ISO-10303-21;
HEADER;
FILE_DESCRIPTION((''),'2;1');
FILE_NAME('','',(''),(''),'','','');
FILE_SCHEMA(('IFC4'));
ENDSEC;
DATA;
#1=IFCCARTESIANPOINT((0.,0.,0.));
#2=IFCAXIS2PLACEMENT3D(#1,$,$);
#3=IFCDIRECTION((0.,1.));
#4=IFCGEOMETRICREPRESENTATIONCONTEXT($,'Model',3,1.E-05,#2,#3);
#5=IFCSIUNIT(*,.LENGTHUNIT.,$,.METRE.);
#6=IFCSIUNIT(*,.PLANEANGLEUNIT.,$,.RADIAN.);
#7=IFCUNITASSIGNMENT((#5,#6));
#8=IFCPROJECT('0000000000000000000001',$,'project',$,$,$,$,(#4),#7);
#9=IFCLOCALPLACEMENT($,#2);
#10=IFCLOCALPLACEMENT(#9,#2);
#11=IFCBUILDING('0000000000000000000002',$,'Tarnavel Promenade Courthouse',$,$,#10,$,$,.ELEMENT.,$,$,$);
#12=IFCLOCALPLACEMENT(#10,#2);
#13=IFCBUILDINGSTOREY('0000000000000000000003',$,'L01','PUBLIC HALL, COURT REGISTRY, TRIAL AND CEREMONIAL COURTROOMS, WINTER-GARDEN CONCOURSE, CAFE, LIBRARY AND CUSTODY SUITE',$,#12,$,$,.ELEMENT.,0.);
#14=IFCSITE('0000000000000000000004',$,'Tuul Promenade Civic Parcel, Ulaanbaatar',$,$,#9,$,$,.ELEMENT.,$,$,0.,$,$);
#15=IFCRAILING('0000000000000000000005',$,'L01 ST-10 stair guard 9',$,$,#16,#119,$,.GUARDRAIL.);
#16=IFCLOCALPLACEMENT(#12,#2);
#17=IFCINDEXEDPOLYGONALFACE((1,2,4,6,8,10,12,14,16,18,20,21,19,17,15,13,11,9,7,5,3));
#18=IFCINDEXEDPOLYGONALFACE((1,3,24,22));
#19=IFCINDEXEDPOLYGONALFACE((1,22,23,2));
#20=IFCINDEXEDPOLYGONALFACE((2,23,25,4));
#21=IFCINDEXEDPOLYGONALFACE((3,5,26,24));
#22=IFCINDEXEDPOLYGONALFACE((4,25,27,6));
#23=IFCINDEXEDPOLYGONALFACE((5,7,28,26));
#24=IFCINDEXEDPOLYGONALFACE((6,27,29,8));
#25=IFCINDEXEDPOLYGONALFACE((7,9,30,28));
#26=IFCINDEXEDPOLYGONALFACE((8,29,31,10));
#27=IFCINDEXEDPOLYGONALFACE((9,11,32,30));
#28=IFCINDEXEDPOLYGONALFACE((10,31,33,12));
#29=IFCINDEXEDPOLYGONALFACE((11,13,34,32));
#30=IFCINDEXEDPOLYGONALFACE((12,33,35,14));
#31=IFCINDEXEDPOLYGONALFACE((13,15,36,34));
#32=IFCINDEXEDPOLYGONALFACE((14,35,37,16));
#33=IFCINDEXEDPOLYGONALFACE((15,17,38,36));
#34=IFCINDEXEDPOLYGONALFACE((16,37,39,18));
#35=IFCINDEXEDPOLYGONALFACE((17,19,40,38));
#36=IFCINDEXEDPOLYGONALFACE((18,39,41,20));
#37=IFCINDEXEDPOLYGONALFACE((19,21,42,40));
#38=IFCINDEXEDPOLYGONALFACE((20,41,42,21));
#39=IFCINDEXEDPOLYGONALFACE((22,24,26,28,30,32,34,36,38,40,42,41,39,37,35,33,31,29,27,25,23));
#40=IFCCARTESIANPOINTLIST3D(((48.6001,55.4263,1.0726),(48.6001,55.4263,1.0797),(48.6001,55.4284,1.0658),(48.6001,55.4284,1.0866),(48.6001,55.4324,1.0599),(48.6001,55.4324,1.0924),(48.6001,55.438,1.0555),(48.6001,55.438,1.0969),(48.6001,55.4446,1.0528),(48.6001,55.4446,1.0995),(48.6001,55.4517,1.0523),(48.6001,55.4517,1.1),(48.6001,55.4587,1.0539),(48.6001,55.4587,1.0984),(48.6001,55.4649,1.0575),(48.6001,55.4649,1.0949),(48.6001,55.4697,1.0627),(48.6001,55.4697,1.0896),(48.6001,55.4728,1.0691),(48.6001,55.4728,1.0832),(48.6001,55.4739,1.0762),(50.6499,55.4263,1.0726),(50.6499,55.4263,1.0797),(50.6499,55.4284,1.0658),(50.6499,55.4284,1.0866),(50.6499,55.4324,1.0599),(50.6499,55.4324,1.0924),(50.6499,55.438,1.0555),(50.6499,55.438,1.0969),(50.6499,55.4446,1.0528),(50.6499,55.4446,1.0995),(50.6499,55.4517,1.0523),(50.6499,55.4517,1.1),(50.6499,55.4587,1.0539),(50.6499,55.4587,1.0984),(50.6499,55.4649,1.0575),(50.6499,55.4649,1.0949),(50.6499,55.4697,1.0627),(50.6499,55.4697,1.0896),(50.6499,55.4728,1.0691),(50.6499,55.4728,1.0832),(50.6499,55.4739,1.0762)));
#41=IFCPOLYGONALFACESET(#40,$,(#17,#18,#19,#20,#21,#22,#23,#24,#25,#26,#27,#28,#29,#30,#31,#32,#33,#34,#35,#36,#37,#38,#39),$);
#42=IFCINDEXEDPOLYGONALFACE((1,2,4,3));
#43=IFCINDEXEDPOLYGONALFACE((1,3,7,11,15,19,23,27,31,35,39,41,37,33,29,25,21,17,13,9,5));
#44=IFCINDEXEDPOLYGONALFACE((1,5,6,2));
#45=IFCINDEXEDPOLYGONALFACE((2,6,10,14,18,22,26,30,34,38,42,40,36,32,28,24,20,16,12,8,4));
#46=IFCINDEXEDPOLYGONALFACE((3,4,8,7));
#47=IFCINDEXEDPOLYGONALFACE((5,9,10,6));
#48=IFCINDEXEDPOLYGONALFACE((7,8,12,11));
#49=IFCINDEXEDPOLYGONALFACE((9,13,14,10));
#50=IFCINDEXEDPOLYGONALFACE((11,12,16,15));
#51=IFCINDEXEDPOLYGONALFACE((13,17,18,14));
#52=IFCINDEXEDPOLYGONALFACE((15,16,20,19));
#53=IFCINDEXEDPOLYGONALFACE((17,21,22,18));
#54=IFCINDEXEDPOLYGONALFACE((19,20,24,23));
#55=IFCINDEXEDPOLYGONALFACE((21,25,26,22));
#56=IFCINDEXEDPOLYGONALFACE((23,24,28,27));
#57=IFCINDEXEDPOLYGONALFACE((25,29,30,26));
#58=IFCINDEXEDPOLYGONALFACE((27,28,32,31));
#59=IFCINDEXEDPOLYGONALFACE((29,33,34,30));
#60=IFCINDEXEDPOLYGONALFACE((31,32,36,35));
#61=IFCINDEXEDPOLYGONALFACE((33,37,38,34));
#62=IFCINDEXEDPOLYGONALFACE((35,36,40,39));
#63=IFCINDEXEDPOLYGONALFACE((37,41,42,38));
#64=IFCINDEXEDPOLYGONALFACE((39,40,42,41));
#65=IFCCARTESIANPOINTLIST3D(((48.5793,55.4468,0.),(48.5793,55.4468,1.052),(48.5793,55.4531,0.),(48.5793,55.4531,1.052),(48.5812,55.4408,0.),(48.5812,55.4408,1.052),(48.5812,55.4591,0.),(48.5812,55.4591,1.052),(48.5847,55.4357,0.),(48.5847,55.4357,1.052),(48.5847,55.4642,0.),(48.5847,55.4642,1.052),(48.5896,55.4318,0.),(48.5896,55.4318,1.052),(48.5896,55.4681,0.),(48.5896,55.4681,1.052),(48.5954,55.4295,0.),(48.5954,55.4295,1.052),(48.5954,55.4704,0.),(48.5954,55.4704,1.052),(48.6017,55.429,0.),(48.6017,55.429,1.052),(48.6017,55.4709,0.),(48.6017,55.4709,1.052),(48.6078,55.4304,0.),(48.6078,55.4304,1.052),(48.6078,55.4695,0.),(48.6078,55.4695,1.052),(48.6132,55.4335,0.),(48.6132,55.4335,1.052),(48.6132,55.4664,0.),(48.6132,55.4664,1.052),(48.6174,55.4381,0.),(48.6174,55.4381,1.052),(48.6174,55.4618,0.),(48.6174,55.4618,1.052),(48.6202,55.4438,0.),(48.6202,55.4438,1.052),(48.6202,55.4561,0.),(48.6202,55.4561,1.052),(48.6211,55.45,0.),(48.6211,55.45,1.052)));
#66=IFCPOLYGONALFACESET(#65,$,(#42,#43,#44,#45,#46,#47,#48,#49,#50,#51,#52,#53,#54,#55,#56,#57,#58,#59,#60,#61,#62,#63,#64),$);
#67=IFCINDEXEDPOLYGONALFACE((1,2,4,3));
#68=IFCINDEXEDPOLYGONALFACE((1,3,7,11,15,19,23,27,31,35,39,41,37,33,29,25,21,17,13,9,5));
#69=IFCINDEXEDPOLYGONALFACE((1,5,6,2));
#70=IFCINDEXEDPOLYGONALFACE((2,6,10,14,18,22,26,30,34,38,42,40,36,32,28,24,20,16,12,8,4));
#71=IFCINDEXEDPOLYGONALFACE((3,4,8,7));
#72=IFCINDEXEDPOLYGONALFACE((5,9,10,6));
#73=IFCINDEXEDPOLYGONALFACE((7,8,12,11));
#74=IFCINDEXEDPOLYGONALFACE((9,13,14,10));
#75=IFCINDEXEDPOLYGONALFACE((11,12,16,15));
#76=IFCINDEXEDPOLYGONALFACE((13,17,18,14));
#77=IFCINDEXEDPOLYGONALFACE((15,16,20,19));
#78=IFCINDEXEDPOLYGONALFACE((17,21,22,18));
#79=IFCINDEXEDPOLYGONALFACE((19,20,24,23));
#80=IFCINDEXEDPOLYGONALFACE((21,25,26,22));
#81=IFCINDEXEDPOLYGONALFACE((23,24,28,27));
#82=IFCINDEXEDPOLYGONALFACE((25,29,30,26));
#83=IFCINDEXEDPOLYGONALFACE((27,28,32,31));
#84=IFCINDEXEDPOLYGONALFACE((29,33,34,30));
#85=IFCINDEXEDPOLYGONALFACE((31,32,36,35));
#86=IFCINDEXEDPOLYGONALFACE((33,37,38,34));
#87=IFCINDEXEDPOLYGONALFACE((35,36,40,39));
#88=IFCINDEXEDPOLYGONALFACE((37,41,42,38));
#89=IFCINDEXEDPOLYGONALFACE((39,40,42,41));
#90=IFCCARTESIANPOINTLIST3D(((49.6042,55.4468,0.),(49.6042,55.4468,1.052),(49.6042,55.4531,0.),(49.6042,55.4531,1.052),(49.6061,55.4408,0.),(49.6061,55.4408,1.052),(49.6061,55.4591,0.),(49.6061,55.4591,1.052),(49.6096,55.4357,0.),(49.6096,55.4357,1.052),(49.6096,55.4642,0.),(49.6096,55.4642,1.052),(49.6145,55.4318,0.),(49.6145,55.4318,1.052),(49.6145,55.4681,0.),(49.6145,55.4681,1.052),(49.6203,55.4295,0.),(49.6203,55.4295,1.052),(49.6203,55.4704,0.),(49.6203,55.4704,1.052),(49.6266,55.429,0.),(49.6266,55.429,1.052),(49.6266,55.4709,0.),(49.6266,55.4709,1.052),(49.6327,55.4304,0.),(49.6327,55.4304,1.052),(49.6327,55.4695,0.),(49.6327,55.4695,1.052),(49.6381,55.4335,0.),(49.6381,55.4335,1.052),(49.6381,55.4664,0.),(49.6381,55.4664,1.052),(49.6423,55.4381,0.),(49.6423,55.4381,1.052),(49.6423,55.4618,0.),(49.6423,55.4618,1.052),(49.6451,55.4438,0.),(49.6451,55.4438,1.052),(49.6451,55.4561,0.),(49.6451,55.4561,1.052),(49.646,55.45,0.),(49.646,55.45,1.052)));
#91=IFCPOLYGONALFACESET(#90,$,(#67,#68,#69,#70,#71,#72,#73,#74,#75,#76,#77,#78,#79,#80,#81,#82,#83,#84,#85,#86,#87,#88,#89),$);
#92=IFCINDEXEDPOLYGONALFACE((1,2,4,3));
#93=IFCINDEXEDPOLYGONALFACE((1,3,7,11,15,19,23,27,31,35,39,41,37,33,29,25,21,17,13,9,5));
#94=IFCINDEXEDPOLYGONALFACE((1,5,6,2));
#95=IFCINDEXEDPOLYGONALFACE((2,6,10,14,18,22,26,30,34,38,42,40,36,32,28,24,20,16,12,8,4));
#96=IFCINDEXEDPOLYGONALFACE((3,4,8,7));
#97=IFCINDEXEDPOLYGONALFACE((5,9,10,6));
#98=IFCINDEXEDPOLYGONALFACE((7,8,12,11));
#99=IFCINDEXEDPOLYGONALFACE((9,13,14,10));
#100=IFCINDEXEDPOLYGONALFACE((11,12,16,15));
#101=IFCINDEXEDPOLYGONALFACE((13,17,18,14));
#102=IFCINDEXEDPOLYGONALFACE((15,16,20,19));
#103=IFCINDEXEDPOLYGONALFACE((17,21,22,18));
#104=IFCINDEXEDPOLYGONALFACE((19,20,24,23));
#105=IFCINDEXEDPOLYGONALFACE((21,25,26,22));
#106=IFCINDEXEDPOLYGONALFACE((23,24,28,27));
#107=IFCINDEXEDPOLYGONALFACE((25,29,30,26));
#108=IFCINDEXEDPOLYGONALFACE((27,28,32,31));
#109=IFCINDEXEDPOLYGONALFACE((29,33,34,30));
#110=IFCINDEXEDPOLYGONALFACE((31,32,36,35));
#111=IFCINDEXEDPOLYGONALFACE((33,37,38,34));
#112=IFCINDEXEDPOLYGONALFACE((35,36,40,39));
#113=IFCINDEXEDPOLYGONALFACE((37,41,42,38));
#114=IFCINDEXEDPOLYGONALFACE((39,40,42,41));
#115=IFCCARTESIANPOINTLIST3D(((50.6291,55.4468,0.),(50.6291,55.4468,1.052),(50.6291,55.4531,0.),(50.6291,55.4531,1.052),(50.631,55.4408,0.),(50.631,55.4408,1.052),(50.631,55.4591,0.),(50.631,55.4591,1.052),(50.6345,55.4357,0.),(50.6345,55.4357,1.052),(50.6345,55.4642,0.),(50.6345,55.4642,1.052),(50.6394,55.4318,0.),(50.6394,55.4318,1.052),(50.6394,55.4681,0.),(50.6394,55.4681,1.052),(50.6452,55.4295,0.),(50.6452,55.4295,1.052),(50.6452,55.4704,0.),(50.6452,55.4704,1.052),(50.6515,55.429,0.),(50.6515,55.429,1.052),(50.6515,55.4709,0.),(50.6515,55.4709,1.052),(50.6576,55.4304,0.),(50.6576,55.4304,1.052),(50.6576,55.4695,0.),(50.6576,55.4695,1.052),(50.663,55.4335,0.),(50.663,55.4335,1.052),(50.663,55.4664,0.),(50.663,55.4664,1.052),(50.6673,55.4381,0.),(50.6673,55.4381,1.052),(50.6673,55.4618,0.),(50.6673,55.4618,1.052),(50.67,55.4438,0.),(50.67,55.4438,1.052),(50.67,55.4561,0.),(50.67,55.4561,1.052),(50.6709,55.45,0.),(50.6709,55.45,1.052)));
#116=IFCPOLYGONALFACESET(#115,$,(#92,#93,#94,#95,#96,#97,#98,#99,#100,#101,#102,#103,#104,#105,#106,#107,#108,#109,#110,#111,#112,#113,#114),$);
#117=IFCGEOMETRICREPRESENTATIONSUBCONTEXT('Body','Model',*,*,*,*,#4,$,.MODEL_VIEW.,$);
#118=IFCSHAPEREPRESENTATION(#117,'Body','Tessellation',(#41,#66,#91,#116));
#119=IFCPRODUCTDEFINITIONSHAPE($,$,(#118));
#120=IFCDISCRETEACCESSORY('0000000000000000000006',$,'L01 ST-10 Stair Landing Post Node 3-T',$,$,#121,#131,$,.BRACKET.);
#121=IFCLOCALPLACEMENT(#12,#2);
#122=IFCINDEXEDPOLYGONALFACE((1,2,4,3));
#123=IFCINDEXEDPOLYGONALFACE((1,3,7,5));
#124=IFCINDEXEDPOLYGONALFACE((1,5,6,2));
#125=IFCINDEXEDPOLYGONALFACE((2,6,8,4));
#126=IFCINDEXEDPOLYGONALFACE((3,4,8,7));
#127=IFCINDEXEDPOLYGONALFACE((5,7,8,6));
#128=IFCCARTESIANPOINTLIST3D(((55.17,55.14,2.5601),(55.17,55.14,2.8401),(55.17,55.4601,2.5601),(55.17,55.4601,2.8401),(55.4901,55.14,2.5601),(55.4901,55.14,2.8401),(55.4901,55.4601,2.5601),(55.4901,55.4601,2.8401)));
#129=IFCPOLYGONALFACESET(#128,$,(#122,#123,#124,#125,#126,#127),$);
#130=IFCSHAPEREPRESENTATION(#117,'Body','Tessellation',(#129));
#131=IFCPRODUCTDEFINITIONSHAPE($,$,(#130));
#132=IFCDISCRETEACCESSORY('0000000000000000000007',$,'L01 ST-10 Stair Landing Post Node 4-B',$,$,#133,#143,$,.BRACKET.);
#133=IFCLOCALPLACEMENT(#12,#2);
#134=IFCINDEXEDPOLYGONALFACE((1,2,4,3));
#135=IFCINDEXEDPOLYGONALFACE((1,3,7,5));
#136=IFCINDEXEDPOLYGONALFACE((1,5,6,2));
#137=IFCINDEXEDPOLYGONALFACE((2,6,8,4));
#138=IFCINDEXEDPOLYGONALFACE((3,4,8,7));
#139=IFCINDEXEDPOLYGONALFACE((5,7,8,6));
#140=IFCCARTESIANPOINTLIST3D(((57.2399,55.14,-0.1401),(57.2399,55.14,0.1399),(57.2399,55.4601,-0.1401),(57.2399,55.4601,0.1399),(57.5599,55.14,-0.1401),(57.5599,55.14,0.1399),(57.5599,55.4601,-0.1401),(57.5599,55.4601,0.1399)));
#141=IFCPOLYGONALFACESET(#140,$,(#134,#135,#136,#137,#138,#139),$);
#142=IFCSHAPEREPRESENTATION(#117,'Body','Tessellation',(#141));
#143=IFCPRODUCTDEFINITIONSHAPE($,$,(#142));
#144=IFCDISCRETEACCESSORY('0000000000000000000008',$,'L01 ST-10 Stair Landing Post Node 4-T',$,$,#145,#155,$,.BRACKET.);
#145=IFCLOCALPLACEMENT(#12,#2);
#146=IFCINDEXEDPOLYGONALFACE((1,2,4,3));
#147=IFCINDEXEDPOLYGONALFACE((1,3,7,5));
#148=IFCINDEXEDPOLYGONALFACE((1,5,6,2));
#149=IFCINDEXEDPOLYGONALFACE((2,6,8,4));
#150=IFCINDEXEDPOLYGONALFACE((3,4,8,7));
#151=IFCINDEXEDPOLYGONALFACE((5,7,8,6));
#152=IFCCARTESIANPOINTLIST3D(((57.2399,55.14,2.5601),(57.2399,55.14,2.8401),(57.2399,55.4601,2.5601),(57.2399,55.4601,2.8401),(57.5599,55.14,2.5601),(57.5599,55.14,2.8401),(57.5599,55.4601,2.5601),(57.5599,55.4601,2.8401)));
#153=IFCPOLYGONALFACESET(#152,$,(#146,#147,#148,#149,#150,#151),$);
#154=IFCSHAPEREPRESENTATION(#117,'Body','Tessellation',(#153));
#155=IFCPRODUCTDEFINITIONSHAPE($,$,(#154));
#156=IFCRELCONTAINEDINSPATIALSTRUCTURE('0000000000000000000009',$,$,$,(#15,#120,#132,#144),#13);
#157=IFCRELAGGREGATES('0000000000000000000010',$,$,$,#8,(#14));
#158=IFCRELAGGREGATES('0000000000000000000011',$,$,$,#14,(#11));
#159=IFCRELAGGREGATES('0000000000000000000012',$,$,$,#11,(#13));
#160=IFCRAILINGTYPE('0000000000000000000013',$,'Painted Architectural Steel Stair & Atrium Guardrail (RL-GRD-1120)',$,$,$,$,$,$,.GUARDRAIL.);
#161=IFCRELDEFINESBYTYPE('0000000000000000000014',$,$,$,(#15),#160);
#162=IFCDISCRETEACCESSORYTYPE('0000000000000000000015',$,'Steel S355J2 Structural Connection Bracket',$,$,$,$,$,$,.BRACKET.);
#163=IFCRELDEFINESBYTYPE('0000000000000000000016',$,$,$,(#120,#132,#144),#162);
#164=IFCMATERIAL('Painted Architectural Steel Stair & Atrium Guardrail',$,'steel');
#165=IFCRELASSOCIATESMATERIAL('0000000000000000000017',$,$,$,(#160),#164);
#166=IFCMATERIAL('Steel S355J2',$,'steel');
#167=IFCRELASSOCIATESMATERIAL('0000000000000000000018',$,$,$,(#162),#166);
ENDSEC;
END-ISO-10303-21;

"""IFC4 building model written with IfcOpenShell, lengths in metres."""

from ifc_helpers import new_model, si_unit, direction, frame, origin, origin_2d, place, context, subcontext, project, spatial, rectangle, circle, extrude, material, type_object, element, save


model = new_model("IFC4")

# Units and contexts
model_context = context("Model", 3, precision=1e-05, world=origin(), true_north=direction((0.0, 1.0)))
body_context = subcontext(model_context, "Body", "Model", "MODEL_VIEW")
ifc_project = project(units=[si_unit("LENGTHUNIT", "METRE"), si_unit("PLANEANGLEUNIT", "RADIAN")], contexts=[model_context])

# Site, building, storey
site_placement = place(None, origin())
site = spatial("IfcSite", under=ifc_project, at=site_placement, Name="Tuul Promenade Civic Parcel, Ulaanbaatar", CompositionType="ELEMENT", RefElevation=0.0)
building_placement = place(site_placement, origin())
building = spatial("IfcBuilding", under=site, at=building_placement, Name="Tarnavel Promenade Courthouse", CompositionType="ELEMENT")
storey_placement = place(building_placement, origin())
storey = spatial("IfcBuildingStorey", under=building, at=storey_placement, Name="L01", Description="PUBLIC HALL, COURT REGISTRY, TRIAL AND CEREMONIAL COURTROOMS, WINTER-GARDEN CONCOURSE, CAFE, LIBRARY AND CUSTODY SUITE", CompositionType="ELEMENT", Elevation=0.0)

# Shared definitions
ifc_material_1 = material(Name="Steel S355J2", Category="steel")

# Railing
ifc_material_2 = material(Name="Painted Architectural Steel Stair & Atrium Guardrail", Category="steel")
railing_type_1 = type_object("IfcRailingType", Name="Painted Architectural Steel Stair & Atrium Guardrail (RL-GRD-1120)", PredefinedType="GUARDRAIL", material=ifc_material_2)
railing_1_placement = place(storey_placement, frame((48.6001, 55.45, 0.0)))
element("IfcRailing", 1, at=railing_1_placement, inside=storey, type_object=railing_type_1, Name="L01 ST-10 stair guard 9", PredefinedType="GUARDRAIL", context=body_context, shape_type="SweptSolid", body=[
    extrude(circle(Radius=0.0239, at=origin_2d()), frame((0.0, 0.0, 1.0762), z_axis=(1.0, 0.0, 0.0), x_axis=(0.0, 1.0, 0.0)), (0.0, 0.0, 1.0), 2.0498),
    extrude(circle(Radius=0.021, at=origin_2d()), origin(), (0.0, 0.0, 1.0), 1.052),
    extrude(circle(Radius=0.021, at=origin_2d()), frame((1.0249, 0.0, 0.0)), (0.0, 0.0, 1.0), 1.052),
    extrude(circle(Radius=0.021, at=origin_2d()), frame((2.0498, 0.0, 0.0)), (0.0, 0.0, 1.0), 1.052),
])

# Discrete accessories
discrete_accessory_type = type_object("IfcDiscreteAccessoryType", Name="Steel S355J2 Structural Connection Bracket", PredefinedType="BRACKET", material=ifc_material_1)
for number, where, z_axis, x_axis, name in (
    (2, (55.3301, 55.3, 2.5601), (0.0, 0.0, 1.0), (1.0, 0.0, 0.0), "L01 ST-10 Stair Landing Post Node 3-T"),
    (3, (57.3999, 55.3, -0.1401), (0.0, 0.0, 1.0), (1.0, 0.0, 0.0), "L01 ST-10 Stair Landing Post Node 4-B"),
    (4, (57.3999, 55.3, 2.5601), (0.0, 0.0, 1.0), (1.0, 0.0, 0.0), "L01 ST-10 Stair Landing Post Node 4-T"),
):
    element("IfcDiscreteAccessory", number, at=place(storey_placement, frame(where, z_axis=z_axis, x_axis=x_axis)), inside=storey, type_object=discrete_accessory_type, Name=name, PredefinedType="BRACKET", context=body_context, shape_type="SweptSolid", body=[
        extrude(rectangle(XDim=0.3201, YDim=0.3201, at=origin_2d()), origin(), (0.0, 0.0, 1.0), 0.28),
    ])

save(model, "model.ifc")
